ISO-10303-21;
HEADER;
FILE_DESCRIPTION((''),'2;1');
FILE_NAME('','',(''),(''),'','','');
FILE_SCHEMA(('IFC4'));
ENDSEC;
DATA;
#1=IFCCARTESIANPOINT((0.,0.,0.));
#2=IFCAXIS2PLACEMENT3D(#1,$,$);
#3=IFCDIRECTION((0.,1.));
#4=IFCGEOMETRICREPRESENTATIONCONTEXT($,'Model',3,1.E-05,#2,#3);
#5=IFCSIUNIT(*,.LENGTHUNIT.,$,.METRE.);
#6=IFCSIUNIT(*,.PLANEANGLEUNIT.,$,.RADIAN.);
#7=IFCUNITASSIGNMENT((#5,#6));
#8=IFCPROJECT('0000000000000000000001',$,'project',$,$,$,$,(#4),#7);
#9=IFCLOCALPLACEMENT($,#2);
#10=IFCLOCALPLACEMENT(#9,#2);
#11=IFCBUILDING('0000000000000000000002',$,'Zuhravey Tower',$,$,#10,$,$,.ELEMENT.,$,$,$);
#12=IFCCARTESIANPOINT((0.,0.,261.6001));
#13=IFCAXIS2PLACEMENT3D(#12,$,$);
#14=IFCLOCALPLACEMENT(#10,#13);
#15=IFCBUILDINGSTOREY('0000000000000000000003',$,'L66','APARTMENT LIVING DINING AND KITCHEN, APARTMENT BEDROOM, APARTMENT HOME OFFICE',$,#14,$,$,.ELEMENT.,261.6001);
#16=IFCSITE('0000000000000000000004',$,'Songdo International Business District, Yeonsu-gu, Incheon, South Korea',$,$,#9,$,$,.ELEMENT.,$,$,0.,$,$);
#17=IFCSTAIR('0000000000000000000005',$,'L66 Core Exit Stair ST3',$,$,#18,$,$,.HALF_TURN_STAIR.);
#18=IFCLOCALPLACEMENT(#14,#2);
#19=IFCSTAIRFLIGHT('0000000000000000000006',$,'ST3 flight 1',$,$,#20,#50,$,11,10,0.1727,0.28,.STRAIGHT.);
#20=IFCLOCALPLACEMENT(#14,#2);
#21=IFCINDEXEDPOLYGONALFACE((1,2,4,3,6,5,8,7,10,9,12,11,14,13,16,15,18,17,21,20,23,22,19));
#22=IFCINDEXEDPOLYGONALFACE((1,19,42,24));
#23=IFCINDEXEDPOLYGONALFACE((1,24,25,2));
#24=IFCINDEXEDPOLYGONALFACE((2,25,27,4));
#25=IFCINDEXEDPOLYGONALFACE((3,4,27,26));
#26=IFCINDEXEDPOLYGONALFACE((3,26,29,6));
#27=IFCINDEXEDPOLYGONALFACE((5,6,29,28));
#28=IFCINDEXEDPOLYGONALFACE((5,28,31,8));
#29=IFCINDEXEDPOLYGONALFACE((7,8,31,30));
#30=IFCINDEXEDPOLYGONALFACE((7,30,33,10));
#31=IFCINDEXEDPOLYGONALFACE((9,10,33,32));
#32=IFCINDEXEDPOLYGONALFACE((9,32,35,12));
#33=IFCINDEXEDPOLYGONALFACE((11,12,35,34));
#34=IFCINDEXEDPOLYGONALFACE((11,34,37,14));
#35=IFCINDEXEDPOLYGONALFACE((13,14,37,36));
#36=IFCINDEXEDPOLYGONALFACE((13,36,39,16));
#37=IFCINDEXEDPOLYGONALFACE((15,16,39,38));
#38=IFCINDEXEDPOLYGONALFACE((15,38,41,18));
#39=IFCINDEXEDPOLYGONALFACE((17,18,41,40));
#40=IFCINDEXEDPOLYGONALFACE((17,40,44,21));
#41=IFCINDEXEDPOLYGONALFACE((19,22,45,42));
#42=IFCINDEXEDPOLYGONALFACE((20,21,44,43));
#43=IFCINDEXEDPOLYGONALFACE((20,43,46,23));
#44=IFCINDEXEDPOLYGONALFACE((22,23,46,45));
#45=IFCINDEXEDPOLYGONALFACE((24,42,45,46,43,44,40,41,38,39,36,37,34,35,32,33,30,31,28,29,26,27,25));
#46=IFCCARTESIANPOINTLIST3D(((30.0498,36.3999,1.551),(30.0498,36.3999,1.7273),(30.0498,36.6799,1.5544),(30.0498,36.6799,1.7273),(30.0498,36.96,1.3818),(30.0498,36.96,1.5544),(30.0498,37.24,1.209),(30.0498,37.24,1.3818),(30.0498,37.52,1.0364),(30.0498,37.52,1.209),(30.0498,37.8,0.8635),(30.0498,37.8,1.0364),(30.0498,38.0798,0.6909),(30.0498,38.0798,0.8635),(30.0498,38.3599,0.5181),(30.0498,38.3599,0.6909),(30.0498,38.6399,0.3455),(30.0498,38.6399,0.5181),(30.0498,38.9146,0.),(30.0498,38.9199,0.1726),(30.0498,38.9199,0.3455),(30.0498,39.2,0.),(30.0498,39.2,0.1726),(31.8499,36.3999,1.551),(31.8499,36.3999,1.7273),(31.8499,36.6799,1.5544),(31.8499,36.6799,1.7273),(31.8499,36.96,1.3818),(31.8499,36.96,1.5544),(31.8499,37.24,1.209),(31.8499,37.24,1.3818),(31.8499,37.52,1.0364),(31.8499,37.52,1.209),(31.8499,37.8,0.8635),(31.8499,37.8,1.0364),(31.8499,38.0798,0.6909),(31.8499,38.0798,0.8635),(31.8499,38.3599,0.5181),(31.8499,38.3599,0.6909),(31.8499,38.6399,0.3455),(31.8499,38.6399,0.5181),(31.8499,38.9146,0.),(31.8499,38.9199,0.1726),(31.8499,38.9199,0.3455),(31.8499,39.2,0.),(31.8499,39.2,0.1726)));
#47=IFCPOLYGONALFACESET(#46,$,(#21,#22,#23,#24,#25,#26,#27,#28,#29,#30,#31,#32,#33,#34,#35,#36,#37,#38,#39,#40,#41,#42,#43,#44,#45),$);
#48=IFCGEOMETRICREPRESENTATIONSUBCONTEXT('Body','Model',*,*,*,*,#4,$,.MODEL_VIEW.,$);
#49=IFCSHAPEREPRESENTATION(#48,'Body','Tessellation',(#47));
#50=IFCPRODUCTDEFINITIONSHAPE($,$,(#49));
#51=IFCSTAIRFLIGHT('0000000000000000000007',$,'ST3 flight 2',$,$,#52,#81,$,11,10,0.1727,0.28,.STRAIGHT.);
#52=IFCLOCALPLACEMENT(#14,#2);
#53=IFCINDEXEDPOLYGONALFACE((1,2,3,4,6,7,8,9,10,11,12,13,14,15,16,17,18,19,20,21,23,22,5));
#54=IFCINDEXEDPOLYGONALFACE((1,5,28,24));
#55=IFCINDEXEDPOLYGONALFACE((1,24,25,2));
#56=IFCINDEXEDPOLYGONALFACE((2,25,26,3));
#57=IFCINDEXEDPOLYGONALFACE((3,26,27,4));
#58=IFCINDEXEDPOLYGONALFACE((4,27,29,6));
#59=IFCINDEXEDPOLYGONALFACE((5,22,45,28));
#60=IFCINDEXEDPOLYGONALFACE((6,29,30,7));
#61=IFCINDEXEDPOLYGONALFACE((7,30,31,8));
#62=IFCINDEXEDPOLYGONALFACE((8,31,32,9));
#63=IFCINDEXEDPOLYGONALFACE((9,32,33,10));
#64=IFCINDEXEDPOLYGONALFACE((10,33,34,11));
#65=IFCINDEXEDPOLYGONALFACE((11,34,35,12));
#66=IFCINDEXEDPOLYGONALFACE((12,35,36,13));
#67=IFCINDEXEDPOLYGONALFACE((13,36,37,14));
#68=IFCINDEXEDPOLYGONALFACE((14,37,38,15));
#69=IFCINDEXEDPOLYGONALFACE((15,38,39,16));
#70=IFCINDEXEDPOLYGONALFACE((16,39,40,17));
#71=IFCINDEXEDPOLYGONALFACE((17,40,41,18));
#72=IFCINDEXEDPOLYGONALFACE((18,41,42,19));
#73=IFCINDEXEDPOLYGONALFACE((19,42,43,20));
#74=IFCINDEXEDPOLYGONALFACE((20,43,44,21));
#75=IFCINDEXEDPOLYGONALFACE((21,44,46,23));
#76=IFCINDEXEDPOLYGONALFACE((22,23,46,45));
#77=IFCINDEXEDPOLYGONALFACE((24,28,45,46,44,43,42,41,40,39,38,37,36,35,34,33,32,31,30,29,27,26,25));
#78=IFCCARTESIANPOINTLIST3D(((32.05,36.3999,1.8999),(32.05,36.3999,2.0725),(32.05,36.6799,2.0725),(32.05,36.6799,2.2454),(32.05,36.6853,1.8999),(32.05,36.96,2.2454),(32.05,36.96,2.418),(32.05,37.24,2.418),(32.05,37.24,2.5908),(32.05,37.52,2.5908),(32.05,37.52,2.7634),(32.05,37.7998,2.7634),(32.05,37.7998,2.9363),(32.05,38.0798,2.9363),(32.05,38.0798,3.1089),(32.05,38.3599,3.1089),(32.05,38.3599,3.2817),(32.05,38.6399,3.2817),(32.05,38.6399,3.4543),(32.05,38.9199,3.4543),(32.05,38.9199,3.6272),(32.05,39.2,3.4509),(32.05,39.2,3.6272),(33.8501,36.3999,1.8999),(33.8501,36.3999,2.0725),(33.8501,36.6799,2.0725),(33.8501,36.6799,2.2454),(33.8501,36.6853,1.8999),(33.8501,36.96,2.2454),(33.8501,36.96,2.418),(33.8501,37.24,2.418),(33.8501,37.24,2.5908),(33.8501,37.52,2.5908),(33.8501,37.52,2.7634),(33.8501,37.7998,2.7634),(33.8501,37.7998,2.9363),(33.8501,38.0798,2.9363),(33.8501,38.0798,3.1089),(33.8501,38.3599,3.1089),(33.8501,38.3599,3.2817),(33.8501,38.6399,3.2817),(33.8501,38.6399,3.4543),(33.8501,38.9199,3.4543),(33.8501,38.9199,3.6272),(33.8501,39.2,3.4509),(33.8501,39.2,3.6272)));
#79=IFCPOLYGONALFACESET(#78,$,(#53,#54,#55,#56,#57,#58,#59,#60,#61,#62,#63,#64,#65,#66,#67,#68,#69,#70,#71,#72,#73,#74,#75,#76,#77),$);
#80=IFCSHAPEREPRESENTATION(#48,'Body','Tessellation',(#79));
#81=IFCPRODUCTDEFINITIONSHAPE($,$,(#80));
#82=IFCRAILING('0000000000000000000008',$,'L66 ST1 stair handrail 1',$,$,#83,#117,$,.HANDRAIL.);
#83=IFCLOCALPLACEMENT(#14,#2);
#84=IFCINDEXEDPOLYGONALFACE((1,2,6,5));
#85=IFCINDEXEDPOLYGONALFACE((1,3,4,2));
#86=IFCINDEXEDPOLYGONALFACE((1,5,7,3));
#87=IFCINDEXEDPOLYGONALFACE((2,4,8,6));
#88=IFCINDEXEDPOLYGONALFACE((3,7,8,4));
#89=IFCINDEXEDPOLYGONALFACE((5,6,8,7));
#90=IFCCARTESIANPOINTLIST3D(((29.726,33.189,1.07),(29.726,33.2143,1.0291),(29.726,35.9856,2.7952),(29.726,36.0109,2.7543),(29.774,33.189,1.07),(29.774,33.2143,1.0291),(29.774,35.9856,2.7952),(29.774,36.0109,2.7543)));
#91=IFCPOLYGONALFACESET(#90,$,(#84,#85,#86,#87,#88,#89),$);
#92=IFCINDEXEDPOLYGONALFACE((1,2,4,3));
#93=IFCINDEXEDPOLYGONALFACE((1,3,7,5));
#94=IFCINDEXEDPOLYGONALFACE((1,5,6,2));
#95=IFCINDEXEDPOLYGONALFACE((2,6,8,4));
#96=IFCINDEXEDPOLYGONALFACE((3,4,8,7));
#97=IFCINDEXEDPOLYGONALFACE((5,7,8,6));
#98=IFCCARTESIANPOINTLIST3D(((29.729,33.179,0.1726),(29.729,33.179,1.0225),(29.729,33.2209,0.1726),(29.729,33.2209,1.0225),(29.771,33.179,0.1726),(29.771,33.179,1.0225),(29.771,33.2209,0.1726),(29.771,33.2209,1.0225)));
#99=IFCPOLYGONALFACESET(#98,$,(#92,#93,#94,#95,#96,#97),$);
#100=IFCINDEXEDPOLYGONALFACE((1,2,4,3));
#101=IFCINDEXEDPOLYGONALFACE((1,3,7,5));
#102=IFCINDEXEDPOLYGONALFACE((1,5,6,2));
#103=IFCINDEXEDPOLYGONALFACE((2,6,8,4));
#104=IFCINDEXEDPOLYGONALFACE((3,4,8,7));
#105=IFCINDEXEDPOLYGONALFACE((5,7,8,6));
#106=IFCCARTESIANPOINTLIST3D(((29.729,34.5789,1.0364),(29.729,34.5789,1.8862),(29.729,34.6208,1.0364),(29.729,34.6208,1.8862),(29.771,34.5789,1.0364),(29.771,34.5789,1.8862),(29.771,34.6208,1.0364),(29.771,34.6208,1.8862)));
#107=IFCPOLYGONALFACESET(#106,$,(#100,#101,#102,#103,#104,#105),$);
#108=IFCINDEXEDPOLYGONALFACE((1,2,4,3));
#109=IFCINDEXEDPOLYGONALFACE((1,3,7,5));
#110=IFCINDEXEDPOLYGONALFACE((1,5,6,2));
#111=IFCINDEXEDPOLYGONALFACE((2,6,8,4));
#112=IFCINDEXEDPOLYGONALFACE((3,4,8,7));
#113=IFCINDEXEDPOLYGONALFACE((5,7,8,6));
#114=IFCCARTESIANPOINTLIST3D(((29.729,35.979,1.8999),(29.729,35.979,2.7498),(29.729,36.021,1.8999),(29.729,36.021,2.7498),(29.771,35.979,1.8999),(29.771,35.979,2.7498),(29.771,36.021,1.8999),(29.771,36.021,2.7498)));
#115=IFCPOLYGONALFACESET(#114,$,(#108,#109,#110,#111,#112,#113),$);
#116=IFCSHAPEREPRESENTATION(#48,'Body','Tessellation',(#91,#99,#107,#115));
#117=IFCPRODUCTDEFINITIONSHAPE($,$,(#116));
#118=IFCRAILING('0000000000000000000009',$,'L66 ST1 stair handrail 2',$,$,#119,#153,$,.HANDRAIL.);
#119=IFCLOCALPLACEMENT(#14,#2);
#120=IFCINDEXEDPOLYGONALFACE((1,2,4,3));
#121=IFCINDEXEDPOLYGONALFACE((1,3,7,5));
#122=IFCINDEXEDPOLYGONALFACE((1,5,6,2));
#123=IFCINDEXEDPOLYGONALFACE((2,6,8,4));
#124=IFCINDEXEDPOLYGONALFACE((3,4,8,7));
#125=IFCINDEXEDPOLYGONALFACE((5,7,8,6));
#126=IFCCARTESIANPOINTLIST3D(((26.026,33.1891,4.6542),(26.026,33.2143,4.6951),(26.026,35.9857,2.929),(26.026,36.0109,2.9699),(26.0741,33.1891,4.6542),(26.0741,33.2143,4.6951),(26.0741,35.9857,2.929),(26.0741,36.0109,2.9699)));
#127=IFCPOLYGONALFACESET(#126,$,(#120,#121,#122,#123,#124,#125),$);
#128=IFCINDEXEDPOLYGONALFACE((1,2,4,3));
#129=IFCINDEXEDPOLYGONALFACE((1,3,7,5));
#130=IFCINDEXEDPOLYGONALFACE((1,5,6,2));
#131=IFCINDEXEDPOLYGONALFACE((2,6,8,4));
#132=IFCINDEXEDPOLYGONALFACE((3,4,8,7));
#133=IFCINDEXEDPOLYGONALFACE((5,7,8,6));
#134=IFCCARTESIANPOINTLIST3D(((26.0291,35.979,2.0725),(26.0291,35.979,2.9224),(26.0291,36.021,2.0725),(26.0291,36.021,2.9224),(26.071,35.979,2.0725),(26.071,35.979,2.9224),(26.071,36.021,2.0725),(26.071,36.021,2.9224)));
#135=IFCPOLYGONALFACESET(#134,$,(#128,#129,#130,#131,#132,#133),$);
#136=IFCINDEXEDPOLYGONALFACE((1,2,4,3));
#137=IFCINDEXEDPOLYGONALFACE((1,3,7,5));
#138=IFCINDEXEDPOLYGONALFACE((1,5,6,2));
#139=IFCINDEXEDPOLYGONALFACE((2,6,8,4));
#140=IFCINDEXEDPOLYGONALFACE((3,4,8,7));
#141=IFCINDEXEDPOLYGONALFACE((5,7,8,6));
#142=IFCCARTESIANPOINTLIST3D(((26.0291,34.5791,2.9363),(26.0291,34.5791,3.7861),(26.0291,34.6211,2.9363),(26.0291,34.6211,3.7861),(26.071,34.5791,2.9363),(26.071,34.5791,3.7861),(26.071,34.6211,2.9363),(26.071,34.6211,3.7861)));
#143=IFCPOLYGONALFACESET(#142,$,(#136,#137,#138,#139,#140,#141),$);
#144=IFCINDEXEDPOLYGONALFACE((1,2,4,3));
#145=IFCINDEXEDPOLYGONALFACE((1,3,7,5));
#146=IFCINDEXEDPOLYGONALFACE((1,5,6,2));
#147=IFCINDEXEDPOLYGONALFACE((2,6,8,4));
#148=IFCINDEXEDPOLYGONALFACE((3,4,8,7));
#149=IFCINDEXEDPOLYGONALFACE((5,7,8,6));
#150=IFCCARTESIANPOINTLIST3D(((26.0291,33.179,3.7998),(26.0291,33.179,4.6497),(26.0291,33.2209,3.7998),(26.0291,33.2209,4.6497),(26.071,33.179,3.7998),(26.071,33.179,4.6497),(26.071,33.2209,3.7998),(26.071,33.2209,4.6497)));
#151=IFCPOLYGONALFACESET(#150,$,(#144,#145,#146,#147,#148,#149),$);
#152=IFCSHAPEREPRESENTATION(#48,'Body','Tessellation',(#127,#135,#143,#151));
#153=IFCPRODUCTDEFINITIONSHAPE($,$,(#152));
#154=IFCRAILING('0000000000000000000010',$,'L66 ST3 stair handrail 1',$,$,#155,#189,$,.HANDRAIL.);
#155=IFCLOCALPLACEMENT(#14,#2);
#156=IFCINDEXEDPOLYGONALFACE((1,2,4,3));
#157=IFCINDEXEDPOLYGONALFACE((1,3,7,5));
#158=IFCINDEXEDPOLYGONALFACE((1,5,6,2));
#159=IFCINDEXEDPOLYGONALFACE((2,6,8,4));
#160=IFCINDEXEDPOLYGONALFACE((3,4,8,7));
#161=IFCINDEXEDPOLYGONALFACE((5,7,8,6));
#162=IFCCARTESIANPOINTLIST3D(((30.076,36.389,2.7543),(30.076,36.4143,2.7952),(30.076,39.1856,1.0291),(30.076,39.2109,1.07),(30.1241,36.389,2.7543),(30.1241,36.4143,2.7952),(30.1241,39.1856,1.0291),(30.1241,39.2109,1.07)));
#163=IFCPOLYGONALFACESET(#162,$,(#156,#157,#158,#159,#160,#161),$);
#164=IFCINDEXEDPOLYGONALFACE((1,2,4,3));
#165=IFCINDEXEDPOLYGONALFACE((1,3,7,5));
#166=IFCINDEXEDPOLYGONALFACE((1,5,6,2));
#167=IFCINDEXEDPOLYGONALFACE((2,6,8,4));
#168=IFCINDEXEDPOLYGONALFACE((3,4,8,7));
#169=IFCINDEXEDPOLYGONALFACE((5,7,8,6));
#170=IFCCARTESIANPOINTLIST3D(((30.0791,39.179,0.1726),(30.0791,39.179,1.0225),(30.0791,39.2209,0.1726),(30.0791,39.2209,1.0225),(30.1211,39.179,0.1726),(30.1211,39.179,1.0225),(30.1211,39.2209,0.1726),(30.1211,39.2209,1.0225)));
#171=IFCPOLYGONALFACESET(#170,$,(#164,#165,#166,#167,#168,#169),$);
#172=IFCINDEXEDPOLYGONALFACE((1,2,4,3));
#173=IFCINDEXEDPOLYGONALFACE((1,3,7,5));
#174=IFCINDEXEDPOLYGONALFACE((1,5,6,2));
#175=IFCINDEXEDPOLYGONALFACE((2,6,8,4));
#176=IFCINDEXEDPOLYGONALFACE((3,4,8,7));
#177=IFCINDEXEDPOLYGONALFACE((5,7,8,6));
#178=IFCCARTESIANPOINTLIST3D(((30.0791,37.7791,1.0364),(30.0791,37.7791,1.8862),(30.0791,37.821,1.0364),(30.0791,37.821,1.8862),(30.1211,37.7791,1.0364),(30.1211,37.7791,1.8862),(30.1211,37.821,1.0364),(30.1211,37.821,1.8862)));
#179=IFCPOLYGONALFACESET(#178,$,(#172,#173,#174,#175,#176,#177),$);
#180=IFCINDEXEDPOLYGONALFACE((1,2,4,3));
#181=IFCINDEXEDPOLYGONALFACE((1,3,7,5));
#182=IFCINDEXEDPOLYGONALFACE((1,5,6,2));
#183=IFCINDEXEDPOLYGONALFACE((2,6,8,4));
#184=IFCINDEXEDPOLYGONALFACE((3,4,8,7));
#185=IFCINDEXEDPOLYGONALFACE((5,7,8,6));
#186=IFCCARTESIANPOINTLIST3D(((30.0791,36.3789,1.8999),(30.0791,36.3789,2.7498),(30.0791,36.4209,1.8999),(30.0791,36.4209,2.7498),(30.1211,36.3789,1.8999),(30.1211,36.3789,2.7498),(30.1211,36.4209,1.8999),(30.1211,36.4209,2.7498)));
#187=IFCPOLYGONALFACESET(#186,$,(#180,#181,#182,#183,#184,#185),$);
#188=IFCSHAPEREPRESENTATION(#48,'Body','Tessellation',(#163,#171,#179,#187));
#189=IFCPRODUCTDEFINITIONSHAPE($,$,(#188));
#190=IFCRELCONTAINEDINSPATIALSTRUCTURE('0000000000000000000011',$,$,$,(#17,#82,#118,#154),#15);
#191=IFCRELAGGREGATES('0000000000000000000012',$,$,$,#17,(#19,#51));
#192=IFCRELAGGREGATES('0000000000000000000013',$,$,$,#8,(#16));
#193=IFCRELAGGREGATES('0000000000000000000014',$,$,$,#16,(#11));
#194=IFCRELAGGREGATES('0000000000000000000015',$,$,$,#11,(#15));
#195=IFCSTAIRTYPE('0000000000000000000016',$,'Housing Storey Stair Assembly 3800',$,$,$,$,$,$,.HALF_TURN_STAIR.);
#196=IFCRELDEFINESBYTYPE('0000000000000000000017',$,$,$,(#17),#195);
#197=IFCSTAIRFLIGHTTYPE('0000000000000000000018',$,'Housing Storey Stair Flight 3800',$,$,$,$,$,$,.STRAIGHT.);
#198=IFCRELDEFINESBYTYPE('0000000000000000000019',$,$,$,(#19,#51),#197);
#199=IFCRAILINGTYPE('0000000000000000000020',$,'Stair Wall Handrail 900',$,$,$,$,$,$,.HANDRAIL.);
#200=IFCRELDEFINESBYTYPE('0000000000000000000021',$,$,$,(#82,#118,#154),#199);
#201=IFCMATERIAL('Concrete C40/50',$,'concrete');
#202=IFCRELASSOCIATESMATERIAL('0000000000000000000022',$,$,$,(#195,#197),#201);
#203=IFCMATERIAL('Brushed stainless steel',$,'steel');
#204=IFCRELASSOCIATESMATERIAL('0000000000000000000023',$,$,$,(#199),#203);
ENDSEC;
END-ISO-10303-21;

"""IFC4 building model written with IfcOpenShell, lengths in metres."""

from ifc_helpers import new_model, si_unit, direction, frame, origin, origin_2d, place, context, subcontext, project, spatial, polyline, rectangle, outline, extrude, material, type_object, element, aggregate, save


model = new_model("IFC4")

# Units and contexts
model_context = context("Model", 3, precision=1e-05, world=origin(), true_north=direction((0.0, 1.0)))
body_context = subcontext(model_context, "Body", "Model", "MODEL_VIEW")
ifc_project = project(units=[si_unit("LENGTHUNIT", "METRE"), si_unit("PLANEANGLEUNIT", "RADIAN")], contexts=[model_context])

# Site, building, storey
site_placement = place(None, origin())
site = spatial("IfcSite", under=ifc_project, at=site_placement, Name="Songdo International Business District, Yeonsu-gu, Incheon, South Korea", CompositionType="ELEMENT", RefElevation=0.0)
building_placement = place(site_placement, origin())
building = spatial("IfcBuilding", under=site, at=building_placement, Name="Zuhravey Tower", CompositionType="ELEMENT")
storey_placement = place(building_placement, frame((0.0, 0.0, 261.6001)))
storey = spatial("IfcBuildingStorey", under=building, at=storey_placement, Name="L66", Description="APARTMENT LIVING DINING AND KITCHEN, APARTMENT BEDROOM, APARTMENT HOME OFFICE", CompositionType="ELEMENT", Elevation=261.6001)

# Stair, stair flights
ifc_material_1 = material(Name="Concrete C40/50", Category="concrete")
stair_type = type_object("IfcStairType", Name="Housing Storey Stair Assembly 3800", PredefinedType="HALF_TURN_STAIR", material=ifc_material_1)
stair_flight_type = type_object("IfcStairFlightType", Name="Housing Storey Stair Flight 3800", PredefinedType="STRAIGHT", material=ifc_material_1)
stair_1_placement = place(storey_placement, origin())
stair_1 = element("IfcStair", 1, at=stair_1_placement, inside=storey, type_object=stair_type, Name="L66 Core Exit Stair ST3", PredefinedType="HALF_TURN_STAIR")
stair_flight_1_placement = place(storey_placement, frame((30.95, 39.2, 0.0), z_axis=(0.0, 0.0, 1.0), x_axis=(0.0, -1.0, 0.0)))
stair_flight_1 = element("IfcStairFlight", 2, at=stair_flight_1_placement, type_object=stair_flight_type, Name="ST3 flight 1", NumberOfRisers=11, NumberOfTreads=10, PredefinedType="STRAIGHT", RiserHeight=0.1727, TreadLength=0.28, context=body_context, shape_type="SweptSolid", body=[
    extrude(outline(polyline([(0.0, 0.0), (0.0, 0.1726), (0.28, 0.1726), (0.28, 0.3455), (0.5601, 0.3455), (0.5601, 0.5181), (0.8401, 0.5181), (0.8401, 0.6909), (1.1201, 0.6909), (1.1201, 0.8635), (1.3999, 0.8635), (1.3999, 1.0364), (1.6799, 1.0364), (1.6799, 1.209), (1.96, 1.209), (1.96, 1.3818), (2.24, 1.3818), (2.24, 1.5544), (2.52, 1.5544), (2.52, 1.7273), (2.8, 1.7273), (2.8, 1.8999), (2.8, 1.551), (0.2854, 0.0), (0.0, 0.0)])), frame((0.0, 0.8999, 0.0), z_axis=(0.0, -1.0, 0.0), x_axis=(1.0, 0.0, 0.0)), (0.0, 0.0, 1.0), 1.8),
])
stair_flight_2_placement = place(storey_placement, frame((32.95, 36.3999, 1.8999), z_axis=(0.0, 0.0, 1.0), x_axis=(0.0, 1.0, 0.0)))
stair_flight_2 = element("IfcStairFlight", 3, at=stair_flight_2_placement, type_object=stair_flight_type, Name="ST3 flight 2", NumberOfRisers=11, NumberOfTreads=10, PredefinedType="STRAIGHT", RiserHeight=0.1727, TreadLength=0.28, context=body_context, shape_type="SweptSolid", body=[
    extrude(outline(polyline([(0.0, 0.0), (0.0, 0.1726), (0.28, 0.1726), (0.28, 0.3455), (0.5601, 0.3455), (0.5601, 0.5181), (0.8401, 0.5181), (0.8401, 0.6909), (1.1201, 0.6909), (1.1201, 0.8635), (1.3999, 0.8635), (1.3999, 1.0364), (1.6799, 1.0364), (1.6799, 1.209), (1.96, 1.209), (1.96, 1.3818), (2.24, 1.3818), (2.24, 1.5544), (2.52, 1.5544), (2.52, 1.7273), (2.8, 1.7273), (2.8, 1.8999), (2.8, 1.551), (0.2854, 0.0), (0.0, 0.0)])), frame((0.0, 0.8999, 0.0), z_axis=(0.0, -1.0, 0.0), x_axis=(1.0, 0.0, 0.0)), (0.0, 0.0, 1.0), 1.8),
])
aggregate(stair_1, [stair_flight_1, stair_flight_2])

# Railings
ifc_material_2 = material(Name="Brushed stainless steel", Category="steel")
railing_type_1 = type_object("IfcRailingType", Name="Stair Wall Handrail 900", PredefinedType="HANDRAIL", material=ifc_material_2)
railing_1_placement = place(storey_placement, frame((29.75, 33.2, 0.1726)))
element("IfcRailing", 4, at=railing_1_placement, inside=storey, type_object=railing_type_1, Name="L66 ST1 stair handrail 1", PredefinedType="HANDRAIL", context=body_context, shape_type="SweptSolid", body=[
    extrude(rectangle(XDim=0.0481, YDim=0.0481, at=origin_2d()), frame((0.0, 0.0017, 0.877), z_axis=(0.0, 0.85109, 0.52502), x_axis=(-1.0, 0.0, 0.0)), (0.0, 0.0, 1.0), 3.2859),
    extrude(rectangle(XDim=0.042, YDim=0.042, at=origin_2d()), origin(), (0.0, 0.0, 1.0), 0.8499),
    extrude(rectangle(XDim=0.042, YDim=0.042, at=origin_2d()), frame((0.0, 1.3999, 0.8638)), (0.0, 0.0, 1.0), 0.8499),
    extrude(rectangle(XDim=0.042, YDim=0.042, at=origin_2d()), frame((0.0, 2.8, 1.7273)), (0.0, 0.0, 1.0), 0.8499),
])
for number, where, name in (
    (5, (26.05, 36.0, 2.0725), "L66 ST1 stair handrail 2"),
    (6, (30.1001, 39.2, 0.1726), "L66 ST3 stair handrail 1"),
):
    element("IfcRailing", number, at=place(storey_placement, frame(where)), inside=storey, type_object=railing_type_1, Name=name, PredefinedType="HANDRAIL", context=body_context, shape_type="SweptSolid", body=[
        extrude(rectangle(XDim=0.0481, YDim=0.0481, at=origin_2d()), frame((0.0, -0.0017, 0.877), z_axis=(0.0, -0.85109, 0.52502), x_axis=(1.0, 0.0, 0.0)), (0.0, 0.0, 1.0), 3.2859),
        extrude(rectangle(XDim=0.042, YDim=0.042, at=origin_2d()), origin(), (0.0, 0.0, 1.0), 0.8499),
        extrude(rectangle(XDim=0.042, YDim=0.042, at=origin_2d()), frame((0.0, -1.3999, 0.8638)), (0.0, 0.0, 1.0), 0.8499),
        extrude(rectangle(XDim=0.042, YDim=0.042, at=origin_2d()), frame((0.0, -2.8, 1.7273)), (0.0, 0.0, 1.0), 0.8499),
    ])

save(model, "model.ifc")
